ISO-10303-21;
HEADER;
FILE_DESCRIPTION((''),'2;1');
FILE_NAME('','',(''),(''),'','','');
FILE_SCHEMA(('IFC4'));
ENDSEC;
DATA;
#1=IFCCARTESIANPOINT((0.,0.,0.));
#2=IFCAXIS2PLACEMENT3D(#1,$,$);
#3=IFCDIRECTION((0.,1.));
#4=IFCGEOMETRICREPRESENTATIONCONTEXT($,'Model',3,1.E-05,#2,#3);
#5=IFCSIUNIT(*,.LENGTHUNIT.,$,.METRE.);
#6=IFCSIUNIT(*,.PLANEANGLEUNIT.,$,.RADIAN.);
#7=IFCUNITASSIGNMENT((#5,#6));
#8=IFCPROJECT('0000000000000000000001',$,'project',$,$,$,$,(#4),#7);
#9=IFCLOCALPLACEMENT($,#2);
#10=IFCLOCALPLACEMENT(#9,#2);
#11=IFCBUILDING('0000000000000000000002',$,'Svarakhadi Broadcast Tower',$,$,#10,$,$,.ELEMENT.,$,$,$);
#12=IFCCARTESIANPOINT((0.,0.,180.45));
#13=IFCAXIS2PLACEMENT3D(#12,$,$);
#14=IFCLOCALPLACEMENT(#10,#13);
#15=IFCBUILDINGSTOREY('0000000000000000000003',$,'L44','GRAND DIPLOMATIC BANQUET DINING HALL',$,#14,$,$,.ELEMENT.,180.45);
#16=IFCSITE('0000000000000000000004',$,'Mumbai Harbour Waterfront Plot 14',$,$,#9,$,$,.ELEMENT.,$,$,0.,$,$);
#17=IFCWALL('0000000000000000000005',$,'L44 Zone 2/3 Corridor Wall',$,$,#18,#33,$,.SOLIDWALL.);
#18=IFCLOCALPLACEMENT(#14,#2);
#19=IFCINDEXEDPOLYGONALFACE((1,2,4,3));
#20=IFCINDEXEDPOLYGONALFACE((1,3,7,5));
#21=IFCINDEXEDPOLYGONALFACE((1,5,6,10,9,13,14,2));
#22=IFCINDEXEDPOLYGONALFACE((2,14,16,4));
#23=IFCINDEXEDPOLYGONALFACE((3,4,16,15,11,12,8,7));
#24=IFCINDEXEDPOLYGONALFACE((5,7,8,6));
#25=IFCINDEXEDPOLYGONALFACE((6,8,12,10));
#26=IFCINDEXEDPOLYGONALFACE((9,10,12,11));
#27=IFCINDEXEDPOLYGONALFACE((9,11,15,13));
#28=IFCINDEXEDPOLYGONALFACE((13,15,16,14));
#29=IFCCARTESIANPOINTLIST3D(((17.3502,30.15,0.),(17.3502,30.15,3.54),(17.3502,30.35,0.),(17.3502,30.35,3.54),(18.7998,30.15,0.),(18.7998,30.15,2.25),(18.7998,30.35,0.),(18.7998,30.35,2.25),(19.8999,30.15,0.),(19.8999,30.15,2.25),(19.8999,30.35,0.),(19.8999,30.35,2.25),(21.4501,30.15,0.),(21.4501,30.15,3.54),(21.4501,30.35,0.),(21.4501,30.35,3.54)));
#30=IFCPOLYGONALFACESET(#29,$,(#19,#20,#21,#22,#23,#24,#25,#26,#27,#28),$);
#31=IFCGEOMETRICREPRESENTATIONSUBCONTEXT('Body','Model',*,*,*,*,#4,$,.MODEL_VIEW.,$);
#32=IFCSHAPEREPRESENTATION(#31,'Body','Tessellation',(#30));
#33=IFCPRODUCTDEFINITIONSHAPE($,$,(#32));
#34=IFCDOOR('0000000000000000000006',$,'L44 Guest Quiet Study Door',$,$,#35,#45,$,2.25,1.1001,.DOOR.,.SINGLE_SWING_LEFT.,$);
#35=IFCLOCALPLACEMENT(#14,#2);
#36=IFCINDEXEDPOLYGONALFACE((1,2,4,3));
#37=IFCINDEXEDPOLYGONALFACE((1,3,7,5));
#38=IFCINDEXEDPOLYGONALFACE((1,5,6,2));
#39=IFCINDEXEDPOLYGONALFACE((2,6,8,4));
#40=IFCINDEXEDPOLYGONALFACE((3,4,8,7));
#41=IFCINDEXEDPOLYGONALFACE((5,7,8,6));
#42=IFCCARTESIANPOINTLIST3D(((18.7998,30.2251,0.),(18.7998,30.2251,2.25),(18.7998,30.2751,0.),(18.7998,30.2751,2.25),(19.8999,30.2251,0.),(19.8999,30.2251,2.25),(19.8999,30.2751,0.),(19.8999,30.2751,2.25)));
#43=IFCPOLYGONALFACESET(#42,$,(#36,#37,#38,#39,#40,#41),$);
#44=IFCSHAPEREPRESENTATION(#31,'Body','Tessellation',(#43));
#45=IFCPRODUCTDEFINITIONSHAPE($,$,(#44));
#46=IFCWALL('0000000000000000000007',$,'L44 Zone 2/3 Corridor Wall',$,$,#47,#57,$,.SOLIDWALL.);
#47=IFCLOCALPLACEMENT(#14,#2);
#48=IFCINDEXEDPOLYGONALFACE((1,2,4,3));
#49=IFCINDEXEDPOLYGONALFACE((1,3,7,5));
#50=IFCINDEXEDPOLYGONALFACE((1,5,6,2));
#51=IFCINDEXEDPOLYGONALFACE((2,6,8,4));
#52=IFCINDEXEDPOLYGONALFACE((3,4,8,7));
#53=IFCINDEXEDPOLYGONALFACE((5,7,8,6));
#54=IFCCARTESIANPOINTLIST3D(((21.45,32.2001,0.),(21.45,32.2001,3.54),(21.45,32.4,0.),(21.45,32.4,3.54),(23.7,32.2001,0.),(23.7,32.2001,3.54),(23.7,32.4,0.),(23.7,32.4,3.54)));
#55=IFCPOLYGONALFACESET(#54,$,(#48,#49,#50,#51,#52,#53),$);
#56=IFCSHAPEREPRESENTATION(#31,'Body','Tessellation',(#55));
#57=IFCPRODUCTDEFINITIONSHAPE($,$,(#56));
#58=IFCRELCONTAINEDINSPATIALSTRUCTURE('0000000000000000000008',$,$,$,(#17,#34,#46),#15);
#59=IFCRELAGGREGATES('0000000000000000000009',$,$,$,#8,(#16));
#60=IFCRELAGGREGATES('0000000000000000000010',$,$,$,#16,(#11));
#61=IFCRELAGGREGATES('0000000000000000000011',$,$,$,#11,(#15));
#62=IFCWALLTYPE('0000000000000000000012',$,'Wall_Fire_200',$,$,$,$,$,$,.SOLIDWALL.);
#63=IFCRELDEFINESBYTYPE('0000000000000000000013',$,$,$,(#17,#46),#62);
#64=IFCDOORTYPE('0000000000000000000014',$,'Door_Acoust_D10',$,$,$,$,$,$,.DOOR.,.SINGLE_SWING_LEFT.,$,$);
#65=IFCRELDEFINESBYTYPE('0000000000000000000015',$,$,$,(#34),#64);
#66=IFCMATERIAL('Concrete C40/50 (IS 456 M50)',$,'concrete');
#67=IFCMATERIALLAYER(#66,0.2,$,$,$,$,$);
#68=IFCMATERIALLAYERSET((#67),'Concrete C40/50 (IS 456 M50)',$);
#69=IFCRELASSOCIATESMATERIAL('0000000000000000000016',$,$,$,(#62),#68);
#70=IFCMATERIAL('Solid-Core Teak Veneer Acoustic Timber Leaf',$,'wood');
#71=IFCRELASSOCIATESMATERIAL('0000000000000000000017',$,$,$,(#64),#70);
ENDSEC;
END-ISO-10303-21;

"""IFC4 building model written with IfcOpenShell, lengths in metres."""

from ifc_helpers import new_model, si_unit, direction, frame, frame_2d, origin, place, context, subcontext, project, spatial, rectangle, extrude, material, layer, layer_set, type_object, element, fill, save


model = new_model("IFC4")

# Units and contexts
model_context = context("Model", 3, precision=1e-05, world=origin(), true_north=direction((0.0, 1.0)))
body_context = subcontext(model_context, "Body", "Model", "MODEL_VIEW")
ifc_project = project(units=[si_unit("LENGTHUNIT", "METRE"), si_unit("PLANEANGLEUNIT", "RADIAN")], contexts=[model_context])

# Site, building, storey
site_placement = place(None, origin())
site = spatial("IfcSite", under=ifc_project, at=site_placement, Name="Mumbai Harbour Waterfront Plot 14", CompositionType="ELEMENT", RefElevation=0.0)
building_placement = place(site_placement, origin())
building = spatial("IfcBuilding", under=site, at=building_placement, Name="Svarakhadi Broadcast Tower", CompositionType="ELEMENT")
storey_placement = place(building_placement, frame((0.0, 0.0, 180.45)))
storey = spatial("IfcBuildingStorey", under=building, at=storey_placement, Name="L44", Description="GRAND DIPLOMATIC BANQUET DINING HALL", CompositionType="ELEMENT", Elevation=180.45)

# Wall, opening, door
ifc_material_1 = material(Name="Concrete C40/50 (IS 456 M50)", Category="concrete")
ifc_layer_1 = layer(ifc_material_1, 0.2)
ifc_layer_set_1 = layer_set([ifc_layer_1], Name="Concrete C40/50 (IS 456 M50)")
wall_type_1 = type_object("IfcWallType", Name="Wall_Fire_200", PredefinedType="SOLIDWALL", material=ifc_layer_set_1)
wall_1_placement = place(storey_placement, frame((21.45, 30.25, 0.0), z_axis=(0.0, 0.0, 1.0), x_axis=(-1.0, 0.0, 0.0)))
wall_1 = element("IfcWall", 1, at=wall_1_placement, inside=storey, type_object=wall_type_1, Name="L44 Zone 2/3 Corridor Wall", PredefinedType="SOLIDWALL", context=body_context, shape_type="SweptSolid", body=[
    extrude(rectangle(XDim=4.0999, YDim=0.2, at=frame_2d((2.0498, 0.0))), origin(), (0.0, 0.0, 1.0), 3.54),
])
opening_placement = place(wall_1_placement, frame((1.55, 0.0, 0.0)))
opening = element("IfcOpeningElement", 2, at=opening_placement, cuts=wall_1, PredefinedType="OPENING", context=body_context, shape_type="SweptSolid", body=[
    extrude(rectangle(XDim=1.1001, YDim=2.25, at=frame_2d((0.55, 1.125))), frame((0.0, 0.1099, 0.0), z_axis=(0.0, -1.0, 0.0), x_axis=(1.0, 0.0, 0.0)), (0.0, 0.0, 1.0), 0.22),
])
ifc_material_2 = material(Name="Solid-Core Teak Veneer Acoustic Timber Leaf", Category="wood")
door_type = type_object("IfcDoorType", Name="Door_Acoust_D10", OperationType="SINGLE_SWING_LEFT", PredefinedType="DOOR", material=ifc_material_2)
door_placement = place(opening_placement, origin())
door = element("IfcDoor", 3, at=door_placement, inside=storey, type_object=door_type, Name="L44 Guest Quiet Study Door", OperationType="SINGLE_SWING_LEFT", OverallHeight=2.25, OverallWidth=1.1001, PredefinedType="DOOR", context=body_context, shape_type="SweptSolid", body=[
    extrude(rectangle(XDim=1.1001, YDim=2.25, at=frame_2d((0.55, 1.125))), frame((0.0, 0.0249, 0.0), z_axis=(0.0, -1.0, 0.0), x_axis=(1.0, 0.0, 0.0)), (0.0, 0.0, 1.0), 0.05),
])
fill(opening, door)

# Wall
wall_2_placement = place(storey_placement, frame((21.45, 32.3, 0.0), z_axis=(0.0, 0.0, 1.0), x_axis=(1.0, 0.0, 0.0)))
element("IfcWall", 4, at=wall_2_placement, inside=storey, type_object=wall_type_1, Name="L44 Zone 2/3 Corridor Wall", PredefinedType="SOLIDWALL", context=body_context, shape_type="SweptSolid", body=[
    extrude(rectangle(XDim=2.25, YDim=0.2, at=frame_2d((1.125, 0.0))), origin(), (0.0, 0.0, 1.0), 3.54),
])

save(model, "model.ifc")
